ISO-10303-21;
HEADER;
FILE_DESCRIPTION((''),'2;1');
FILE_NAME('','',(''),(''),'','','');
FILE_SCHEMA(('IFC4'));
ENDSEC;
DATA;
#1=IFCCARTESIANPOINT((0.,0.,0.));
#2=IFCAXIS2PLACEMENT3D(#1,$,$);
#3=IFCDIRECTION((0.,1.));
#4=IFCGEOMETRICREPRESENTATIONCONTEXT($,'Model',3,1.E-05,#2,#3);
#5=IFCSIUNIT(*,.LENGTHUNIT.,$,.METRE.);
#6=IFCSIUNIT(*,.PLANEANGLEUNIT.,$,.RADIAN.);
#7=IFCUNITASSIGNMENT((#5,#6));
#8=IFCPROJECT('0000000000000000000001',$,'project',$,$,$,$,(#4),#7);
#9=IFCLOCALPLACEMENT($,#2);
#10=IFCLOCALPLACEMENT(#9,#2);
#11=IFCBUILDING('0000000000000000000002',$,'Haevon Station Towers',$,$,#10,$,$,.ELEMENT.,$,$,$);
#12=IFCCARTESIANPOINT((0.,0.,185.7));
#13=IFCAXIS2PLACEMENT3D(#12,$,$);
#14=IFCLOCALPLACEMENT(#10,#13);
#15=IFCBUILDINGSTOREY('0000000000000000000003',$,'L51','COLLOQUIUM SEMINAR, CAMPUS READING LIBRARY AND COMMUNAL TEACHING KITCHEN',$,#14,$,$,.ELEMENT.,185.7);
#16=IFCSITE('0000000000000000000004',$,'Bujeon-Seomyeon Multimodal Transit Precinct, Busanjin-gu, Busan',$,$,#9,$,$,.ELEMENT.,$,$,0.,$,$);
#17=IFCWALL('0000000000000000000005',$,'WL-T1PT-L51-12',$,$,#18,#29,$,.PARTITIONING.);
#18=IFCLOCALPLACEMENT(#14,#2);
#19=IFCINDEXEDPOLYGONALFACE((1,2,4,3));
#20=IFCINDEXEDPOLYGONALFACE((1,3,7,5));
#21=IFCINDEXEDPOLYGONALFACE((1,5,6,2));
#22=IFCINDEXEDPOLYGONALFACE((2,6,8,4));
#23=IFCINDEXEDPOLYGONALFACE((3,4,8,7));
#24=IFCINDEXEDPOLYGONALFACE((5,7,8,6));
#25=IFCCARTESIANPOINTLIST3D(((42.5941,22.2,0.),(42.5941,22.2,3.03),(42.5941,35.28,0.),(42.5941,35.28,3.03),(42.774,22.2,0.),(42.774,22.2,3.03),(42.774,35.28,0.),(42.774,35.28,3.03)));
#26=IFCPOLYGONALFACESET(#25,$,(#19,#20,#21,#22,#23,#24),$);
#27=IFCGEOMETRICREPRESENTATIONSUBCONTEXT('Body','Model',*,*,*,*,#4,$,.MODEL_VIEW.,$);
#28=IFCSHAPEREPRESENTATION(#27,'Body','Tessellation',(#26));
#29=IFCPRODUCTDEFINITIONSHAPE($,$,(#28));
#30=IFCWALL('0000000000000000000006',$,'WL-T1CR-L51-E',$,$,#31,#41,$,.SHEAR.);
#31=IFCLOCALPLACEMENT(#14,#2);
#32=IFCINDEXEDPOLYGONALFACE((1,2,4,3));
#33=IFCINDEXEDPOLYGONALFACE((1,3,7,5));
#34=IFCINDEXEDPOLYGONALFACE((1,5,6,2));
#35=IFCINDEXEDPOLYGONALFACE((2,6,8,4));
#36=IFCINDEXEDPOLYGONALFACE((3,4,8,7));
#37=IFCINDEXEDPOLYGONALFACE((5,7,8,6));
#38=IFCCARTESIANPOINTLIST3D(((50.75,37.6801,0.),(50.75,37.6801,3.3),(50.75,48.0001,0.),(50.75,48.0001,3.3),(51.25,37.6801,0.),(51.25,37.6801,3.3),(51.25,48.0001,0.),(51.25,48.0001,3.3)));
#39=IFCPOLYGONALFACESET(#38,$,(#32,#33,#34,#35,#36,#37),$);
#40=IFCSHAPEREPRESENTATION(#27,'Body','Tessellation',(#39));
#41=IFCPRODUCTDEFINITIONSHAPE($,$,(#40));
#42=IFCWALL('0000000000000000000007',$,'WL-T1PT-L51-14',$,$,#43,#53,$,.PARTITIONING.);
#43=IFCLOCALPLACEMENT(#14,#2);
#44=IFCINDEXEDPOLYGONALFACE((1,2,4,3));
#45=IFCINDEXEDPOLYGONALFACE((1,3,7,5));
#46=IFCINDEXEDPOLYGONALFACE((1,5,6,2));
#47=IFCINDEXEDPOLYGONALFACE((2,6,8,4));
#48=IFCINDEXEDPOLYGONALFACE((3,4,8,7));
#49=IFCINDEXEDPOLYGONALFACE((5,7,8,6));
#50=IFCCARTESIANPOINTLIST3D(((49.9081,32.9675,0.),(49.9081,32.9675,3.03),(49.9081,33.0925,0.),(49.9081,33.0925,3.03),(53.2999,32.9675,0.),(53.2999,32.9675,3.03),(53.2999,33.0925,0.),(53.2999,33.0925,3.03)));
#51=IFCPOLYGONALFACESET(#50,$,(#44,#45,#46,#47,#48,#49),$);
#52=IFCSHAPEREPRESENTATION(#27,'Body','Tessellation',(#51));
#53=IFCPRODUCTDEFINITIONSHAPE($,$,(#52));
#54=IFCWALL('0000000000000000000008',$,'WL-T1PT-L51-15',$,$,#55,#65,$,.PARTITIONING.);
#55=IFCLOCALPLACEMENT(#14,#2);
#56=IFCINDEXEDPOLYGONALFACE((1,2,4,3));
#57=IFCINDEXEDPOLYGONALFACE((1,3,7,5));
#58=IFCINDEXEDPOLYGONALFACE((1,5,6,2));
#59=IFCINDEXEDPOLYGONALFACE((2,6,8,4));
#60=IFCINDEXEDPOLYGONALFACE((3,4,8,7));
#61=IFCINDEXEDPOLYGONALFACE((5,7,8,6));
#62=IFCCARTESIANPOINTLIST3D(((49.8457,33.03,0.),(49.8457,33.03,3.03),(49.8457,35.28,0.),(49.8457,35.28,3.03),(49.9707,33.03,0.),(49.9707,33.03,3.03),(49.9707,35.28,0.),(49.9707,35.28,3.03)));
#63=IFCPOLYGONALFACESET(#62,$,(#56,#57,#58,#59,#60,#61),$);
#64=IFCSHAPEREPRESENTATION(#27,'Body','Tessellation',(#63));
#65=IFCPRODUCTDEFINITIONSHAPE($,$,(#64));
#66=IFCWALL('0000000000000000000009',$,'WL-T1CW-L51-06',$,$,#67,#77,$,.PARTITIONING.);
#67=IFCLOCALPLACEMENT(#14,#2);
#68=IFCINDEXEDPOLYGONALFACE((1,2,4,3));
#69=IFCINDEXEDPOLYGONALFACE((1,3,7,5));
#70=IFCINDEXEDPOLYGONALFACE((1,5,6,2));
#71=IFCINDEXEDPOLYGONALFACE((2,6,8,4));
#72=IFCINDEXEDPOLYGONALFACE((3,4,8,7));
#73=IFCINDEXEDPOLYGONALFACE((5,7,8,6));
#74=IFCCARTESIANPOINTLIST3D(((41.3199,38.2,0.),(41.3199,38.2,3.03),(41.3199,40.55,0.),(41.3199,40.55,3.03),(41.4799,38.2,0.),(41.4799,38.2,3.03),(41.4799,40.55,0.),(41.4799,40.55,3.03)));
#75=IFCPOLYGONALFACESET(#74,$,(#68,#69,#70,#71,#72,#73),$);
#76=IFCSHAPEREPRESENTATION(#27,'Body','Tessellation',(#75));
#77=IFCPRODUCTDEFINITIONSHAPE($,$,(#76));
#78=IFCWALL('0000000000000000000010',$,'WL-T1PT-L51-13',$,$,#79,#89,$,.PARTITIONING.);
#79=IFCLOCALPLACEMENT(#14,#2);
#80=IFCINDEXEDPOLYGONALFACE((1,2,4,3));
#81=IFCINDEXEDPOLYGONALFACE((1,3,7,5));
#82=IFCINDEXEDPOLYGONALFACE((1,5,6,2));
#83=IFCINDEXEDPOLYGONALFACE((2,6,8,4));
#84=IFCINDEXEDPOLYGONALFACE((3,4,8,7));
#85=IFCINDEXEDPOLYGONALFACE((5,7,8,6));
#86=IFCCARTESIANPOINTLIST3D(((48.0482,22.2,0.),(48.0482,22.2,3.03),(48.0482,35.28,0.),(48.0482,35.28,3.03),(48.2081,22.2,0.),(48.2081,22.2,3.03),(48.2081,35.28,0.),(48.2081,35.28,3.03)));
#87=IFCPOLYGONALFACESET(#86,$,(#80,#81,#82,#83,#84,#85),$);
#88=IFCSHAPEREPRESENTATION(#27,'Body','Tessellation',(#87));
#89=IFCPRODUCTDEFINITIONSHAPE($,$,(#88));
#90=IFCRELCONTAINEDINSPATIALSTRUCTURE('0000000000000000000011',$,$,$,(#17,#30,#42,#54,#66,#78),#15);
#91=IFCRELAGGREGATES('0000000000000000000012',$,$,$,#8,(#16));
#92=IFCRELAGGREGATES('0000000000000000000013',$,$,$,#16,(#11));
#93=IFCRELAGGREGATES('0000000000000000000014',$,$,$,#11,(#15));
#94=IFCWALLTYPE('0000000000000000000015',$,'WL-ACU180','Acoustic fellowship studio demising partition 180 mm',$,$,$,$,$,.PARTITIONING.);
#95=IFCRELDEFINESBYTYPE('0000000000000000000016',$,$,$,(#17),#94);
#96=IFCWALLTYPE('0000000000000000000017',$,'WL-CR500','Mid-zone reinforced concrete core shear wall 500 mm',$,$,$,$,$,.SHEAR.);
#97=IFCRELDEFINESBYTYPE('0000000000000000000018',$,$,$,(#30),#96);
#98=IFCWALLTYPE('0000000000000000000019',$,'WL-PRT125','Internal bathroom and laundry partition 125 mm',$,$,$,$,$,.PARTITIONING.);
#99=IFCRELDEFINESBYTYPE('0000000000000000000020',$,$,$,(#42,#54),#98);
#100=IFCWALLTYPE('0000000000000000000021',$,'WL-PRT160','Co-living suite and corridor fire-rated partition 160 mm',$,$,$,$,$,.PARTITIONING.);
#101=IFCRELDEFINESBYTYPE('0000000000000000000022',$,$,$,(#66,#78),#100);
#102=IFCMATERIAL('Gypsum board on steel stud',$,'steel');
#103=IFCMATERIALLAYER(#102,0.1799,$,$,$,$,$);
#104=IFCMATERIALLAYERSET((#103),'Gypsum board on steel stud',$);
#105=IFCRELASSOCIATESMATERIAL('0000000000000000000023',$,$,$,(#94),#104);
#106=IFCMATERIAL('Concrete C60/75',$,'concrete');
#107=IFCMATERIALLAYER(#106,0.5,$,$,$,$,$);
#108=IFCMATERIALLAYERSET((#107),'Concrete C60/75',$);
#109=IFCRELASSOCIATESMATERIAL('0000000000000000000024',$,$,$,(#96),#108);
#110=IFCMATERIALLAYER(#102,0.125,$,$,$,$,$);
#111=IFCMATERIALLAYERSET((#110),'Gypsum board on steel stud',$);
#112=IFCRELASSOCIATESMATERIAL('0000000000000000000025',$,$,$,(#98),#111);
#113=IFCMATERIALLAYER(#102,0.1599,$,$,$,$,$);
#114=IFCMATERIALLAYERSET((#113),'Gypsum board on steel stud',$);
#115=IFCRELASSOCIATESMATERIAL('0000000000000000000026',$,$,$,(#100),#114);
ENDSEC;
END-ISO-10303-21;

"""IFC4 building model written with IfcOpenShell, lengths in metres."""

from ifc_helpers import new_model, si_unit, direction, frame, frame_2d, origin, place, context, subcontext, project, spatial, rectangle, extrude, material, layer, layer_set, type_object, element, save


model = new_model("IFC4")

# Units and contexts
model_context = context("Model", 3, precision=1e-05, world=origin(), true_north=direction((0.0, 1.0)))
body_context = subcontext(model_context, "Body", "Model", "MODEL_VIEW")
ifc_project = project(units=[si_unit("LENGTHUNIT", "METRE"), si_unit("PLANEANGLEUNIT", "RADIAN")], contexts=[model_context])

# Site, building, storey
site_placement = place(None, origin())
site = spatial("IfcSite", under=ifc_project, at=site_placement, Name="Bujeon-Seomyeon Multimodal Transit Precinct, Busanjin-gu, Busan", CompositionType="ELEMENT", RefElevation=0.0)
building_placement = place(site_placement, origin())
building = spatial("IfcBuilding", under=site, at=building_placement, Name="Haevon Station Towers", CompositionType="ELEMENT")
storey_placement = place(building_placement, frame((0.0, 0.0, 185.7)))
storey = spatial("IfcBuildingStorey", under=building, at=storey_placement, Name="L51", Description="COLLOQUIUM SEMINAR, CAMPUS READING LIBRARY AND COMMUNAL TEACHING KITCHEN", CompositionType="ELEMENT", Elevation=185.7)

# Walls
ifc_material_1 = material(Name="Gypsum board on steel stud", Category="steel")
ifc_layer_1 = layer(ifc_material_1, 0.1799)
ifc_layer_set_1 = layer_set([ifc_layer_1], Name="Gypsum board on steel stud")
wall_type_1 = type_object("IfcWallType", Name="WL-ACU180", Description="Acoustic fellowship studio demising partition 180 mm", PredefinedType="PARTITIONING", material=ifc_layer_set_1)
wall_1_placement = place(storey_placement, frame((42.6841, 22.2, 0.0), z_axis=(0.0, 0.0, 1.0), x_axis=(0.0, 1.0, 0.0)))
element("IfcWall", 1, at=wall_1_placement, inside=storey, type_object=wall_type_1, Name="WL-T1PT-L51-12", PredefinedType="PARTITIONING", context=body_context, shape_type="SweptSolid", body=[
    extrude(rectangle(XDim=13.0801, YDim=0.1799, at=frame_2d((6.54, 0.0))), origin(), (0.0, 0.0, 1.0), 3.03),
])
ifc_material_2 = material(Name="Concrete C60/75", Category="concrete")
ifc_layer_2 = layer(ifc_material_2, 0.5)
ifc_layer_set_2 = layer_set([ifc_layer_2], Name="Concrete C60/75")
wall_type_2 = type_object("IfcWallType", Name="WL-CR500", Description="Mid-zone reinforced concrete core shear wall 500 mm", PredefinedType="SHEAR", material=ifc_layer_set_2)
wall_2_placement = place(storey_placement, frame((51.0, 37.6799, 0.0), z_axis=(0.0, 0.0, 1.0), x_axis=(0.0, 1.0, 0.0)))
element("IfcWall", 2, at=wall_2_placement, inside=storey, type_object=wall_type_2, Name="WL-T1CR-L51-E", PredefinedType="SHEAR", context=body_context, shape_type="SweptSolid", body=[
    extrude(rectangle(XDim=10.3201, YDim=0.5, at=frame_2d((5.1602, 0.0))), origin(), (0.0, 0.0, 1.0), 3.3),
])
ifc_layer_3 = layer(ifc_material_1, 0.125)
ifc_layer_set_3 = layer_set([ifc_layer_3], Name="Gypsum board on steel stud")
wall_type_3 = type_object("IfcWallType", Name="WL-PRT125", Description="Internal bathroom and laundry partition 125 mm", PredefinedType="PARTITIONING", material=ifc_layer_set_3)
wall_3_placement = place(storey_placement, frame((49.9082, 33.03, 0.0), z_axis=(0.0, 0.0, 1.0), x_axis=(1.0, 0.0, 0.0)))
element("IfcWall", 3, at=wall_3_placement, inside=storey, type_object=wall_type_3, Name="WL-T1PT-L51-14", PredefinedType="PARTITIONING", context=body_context, shape_type="SweptSolid", body=[
    extrude(rectangle(XDim=3.3918, YDim=0.125, at=frame_2d((1.6958, 0.0))), origin(), (0.0, 0.0, 1.0), 3.03),
])
wall_4_placement = place(storey_placement, frame((49.9082, 33.03, 0.0), z_axis=(0.0, 0.0, 1.0), x_axis=(0.0, 1.0, 0.0)))
element("IfcWall", 4, at=wall_4_placement, inside=storey, type_object=wall_type_3, Name="WL-T1PT-L51-15", PredefinedType="PARTITIONING", context=body_context, shape_type="SweptSolid", body=[
    extrude(rectangle(XDim=2.25, YDim=0.125, at=frame_2d((1.125, 0.0))), origin(), (0.0, 0.0, 1.0), 3.03),
])
ifc_layer_4 = layer(ifc_material_1, 0.1599)
ifc_layer_set_4 = layer_set([ifc_layer_4], Name="Gypsum board on steel stud")
wall_type_4 = type_object("IfcWallType", Name="WL-PRT160", Description="Co-living suite and corridor fire-rated partition 160 mm", PredefinedType="PARTITIONING", material=ifc_layer_set_4)
wall_5_placement = place(storey_placement, frame((41.3999, 38.2, 0.0), z_axis=(0.0, 0.0, 1.0), x_axis=(0.0, 1.0, 0.0)))
element("IfcWall", 5, at=wall_5_placement, inside=storey, type_object=wall_type_4, Name="WL-T1CW-L51-06", PredefinedType="PARTITIONING", context=body_context, shape_type="SweptSolid", body=[
    extrude(rectangle(XDim=2.3501, YDim=0.1599, at=frame_2d((1.175, 0.0))), origin(), (0.0, 0.0, 1.0), 3.03),
])
wall_6_placement = place(storey_placement, frame((48.1282, 22.2, 0.0), z_axis=(0.0, 0.0, 1.0), x_axis=(0.0, 1.0, 0.0)))
element("IfcWall", 6, at=wall_6_placement, inside=storey, type_object=wall_type_4, Name="WL-T1PT-L51-13", PredefinedType="PARTITIONING", context=body_context, shape_type="SweptSolid", body=[
    extrude(rectangle(XDim=13.0801, YDim=0.1599, at=frame_2d((6.54, 0.0))), origin(), (0.0, 0.0, 1.0), 3.03),
])

save(model, "model.ifc")
